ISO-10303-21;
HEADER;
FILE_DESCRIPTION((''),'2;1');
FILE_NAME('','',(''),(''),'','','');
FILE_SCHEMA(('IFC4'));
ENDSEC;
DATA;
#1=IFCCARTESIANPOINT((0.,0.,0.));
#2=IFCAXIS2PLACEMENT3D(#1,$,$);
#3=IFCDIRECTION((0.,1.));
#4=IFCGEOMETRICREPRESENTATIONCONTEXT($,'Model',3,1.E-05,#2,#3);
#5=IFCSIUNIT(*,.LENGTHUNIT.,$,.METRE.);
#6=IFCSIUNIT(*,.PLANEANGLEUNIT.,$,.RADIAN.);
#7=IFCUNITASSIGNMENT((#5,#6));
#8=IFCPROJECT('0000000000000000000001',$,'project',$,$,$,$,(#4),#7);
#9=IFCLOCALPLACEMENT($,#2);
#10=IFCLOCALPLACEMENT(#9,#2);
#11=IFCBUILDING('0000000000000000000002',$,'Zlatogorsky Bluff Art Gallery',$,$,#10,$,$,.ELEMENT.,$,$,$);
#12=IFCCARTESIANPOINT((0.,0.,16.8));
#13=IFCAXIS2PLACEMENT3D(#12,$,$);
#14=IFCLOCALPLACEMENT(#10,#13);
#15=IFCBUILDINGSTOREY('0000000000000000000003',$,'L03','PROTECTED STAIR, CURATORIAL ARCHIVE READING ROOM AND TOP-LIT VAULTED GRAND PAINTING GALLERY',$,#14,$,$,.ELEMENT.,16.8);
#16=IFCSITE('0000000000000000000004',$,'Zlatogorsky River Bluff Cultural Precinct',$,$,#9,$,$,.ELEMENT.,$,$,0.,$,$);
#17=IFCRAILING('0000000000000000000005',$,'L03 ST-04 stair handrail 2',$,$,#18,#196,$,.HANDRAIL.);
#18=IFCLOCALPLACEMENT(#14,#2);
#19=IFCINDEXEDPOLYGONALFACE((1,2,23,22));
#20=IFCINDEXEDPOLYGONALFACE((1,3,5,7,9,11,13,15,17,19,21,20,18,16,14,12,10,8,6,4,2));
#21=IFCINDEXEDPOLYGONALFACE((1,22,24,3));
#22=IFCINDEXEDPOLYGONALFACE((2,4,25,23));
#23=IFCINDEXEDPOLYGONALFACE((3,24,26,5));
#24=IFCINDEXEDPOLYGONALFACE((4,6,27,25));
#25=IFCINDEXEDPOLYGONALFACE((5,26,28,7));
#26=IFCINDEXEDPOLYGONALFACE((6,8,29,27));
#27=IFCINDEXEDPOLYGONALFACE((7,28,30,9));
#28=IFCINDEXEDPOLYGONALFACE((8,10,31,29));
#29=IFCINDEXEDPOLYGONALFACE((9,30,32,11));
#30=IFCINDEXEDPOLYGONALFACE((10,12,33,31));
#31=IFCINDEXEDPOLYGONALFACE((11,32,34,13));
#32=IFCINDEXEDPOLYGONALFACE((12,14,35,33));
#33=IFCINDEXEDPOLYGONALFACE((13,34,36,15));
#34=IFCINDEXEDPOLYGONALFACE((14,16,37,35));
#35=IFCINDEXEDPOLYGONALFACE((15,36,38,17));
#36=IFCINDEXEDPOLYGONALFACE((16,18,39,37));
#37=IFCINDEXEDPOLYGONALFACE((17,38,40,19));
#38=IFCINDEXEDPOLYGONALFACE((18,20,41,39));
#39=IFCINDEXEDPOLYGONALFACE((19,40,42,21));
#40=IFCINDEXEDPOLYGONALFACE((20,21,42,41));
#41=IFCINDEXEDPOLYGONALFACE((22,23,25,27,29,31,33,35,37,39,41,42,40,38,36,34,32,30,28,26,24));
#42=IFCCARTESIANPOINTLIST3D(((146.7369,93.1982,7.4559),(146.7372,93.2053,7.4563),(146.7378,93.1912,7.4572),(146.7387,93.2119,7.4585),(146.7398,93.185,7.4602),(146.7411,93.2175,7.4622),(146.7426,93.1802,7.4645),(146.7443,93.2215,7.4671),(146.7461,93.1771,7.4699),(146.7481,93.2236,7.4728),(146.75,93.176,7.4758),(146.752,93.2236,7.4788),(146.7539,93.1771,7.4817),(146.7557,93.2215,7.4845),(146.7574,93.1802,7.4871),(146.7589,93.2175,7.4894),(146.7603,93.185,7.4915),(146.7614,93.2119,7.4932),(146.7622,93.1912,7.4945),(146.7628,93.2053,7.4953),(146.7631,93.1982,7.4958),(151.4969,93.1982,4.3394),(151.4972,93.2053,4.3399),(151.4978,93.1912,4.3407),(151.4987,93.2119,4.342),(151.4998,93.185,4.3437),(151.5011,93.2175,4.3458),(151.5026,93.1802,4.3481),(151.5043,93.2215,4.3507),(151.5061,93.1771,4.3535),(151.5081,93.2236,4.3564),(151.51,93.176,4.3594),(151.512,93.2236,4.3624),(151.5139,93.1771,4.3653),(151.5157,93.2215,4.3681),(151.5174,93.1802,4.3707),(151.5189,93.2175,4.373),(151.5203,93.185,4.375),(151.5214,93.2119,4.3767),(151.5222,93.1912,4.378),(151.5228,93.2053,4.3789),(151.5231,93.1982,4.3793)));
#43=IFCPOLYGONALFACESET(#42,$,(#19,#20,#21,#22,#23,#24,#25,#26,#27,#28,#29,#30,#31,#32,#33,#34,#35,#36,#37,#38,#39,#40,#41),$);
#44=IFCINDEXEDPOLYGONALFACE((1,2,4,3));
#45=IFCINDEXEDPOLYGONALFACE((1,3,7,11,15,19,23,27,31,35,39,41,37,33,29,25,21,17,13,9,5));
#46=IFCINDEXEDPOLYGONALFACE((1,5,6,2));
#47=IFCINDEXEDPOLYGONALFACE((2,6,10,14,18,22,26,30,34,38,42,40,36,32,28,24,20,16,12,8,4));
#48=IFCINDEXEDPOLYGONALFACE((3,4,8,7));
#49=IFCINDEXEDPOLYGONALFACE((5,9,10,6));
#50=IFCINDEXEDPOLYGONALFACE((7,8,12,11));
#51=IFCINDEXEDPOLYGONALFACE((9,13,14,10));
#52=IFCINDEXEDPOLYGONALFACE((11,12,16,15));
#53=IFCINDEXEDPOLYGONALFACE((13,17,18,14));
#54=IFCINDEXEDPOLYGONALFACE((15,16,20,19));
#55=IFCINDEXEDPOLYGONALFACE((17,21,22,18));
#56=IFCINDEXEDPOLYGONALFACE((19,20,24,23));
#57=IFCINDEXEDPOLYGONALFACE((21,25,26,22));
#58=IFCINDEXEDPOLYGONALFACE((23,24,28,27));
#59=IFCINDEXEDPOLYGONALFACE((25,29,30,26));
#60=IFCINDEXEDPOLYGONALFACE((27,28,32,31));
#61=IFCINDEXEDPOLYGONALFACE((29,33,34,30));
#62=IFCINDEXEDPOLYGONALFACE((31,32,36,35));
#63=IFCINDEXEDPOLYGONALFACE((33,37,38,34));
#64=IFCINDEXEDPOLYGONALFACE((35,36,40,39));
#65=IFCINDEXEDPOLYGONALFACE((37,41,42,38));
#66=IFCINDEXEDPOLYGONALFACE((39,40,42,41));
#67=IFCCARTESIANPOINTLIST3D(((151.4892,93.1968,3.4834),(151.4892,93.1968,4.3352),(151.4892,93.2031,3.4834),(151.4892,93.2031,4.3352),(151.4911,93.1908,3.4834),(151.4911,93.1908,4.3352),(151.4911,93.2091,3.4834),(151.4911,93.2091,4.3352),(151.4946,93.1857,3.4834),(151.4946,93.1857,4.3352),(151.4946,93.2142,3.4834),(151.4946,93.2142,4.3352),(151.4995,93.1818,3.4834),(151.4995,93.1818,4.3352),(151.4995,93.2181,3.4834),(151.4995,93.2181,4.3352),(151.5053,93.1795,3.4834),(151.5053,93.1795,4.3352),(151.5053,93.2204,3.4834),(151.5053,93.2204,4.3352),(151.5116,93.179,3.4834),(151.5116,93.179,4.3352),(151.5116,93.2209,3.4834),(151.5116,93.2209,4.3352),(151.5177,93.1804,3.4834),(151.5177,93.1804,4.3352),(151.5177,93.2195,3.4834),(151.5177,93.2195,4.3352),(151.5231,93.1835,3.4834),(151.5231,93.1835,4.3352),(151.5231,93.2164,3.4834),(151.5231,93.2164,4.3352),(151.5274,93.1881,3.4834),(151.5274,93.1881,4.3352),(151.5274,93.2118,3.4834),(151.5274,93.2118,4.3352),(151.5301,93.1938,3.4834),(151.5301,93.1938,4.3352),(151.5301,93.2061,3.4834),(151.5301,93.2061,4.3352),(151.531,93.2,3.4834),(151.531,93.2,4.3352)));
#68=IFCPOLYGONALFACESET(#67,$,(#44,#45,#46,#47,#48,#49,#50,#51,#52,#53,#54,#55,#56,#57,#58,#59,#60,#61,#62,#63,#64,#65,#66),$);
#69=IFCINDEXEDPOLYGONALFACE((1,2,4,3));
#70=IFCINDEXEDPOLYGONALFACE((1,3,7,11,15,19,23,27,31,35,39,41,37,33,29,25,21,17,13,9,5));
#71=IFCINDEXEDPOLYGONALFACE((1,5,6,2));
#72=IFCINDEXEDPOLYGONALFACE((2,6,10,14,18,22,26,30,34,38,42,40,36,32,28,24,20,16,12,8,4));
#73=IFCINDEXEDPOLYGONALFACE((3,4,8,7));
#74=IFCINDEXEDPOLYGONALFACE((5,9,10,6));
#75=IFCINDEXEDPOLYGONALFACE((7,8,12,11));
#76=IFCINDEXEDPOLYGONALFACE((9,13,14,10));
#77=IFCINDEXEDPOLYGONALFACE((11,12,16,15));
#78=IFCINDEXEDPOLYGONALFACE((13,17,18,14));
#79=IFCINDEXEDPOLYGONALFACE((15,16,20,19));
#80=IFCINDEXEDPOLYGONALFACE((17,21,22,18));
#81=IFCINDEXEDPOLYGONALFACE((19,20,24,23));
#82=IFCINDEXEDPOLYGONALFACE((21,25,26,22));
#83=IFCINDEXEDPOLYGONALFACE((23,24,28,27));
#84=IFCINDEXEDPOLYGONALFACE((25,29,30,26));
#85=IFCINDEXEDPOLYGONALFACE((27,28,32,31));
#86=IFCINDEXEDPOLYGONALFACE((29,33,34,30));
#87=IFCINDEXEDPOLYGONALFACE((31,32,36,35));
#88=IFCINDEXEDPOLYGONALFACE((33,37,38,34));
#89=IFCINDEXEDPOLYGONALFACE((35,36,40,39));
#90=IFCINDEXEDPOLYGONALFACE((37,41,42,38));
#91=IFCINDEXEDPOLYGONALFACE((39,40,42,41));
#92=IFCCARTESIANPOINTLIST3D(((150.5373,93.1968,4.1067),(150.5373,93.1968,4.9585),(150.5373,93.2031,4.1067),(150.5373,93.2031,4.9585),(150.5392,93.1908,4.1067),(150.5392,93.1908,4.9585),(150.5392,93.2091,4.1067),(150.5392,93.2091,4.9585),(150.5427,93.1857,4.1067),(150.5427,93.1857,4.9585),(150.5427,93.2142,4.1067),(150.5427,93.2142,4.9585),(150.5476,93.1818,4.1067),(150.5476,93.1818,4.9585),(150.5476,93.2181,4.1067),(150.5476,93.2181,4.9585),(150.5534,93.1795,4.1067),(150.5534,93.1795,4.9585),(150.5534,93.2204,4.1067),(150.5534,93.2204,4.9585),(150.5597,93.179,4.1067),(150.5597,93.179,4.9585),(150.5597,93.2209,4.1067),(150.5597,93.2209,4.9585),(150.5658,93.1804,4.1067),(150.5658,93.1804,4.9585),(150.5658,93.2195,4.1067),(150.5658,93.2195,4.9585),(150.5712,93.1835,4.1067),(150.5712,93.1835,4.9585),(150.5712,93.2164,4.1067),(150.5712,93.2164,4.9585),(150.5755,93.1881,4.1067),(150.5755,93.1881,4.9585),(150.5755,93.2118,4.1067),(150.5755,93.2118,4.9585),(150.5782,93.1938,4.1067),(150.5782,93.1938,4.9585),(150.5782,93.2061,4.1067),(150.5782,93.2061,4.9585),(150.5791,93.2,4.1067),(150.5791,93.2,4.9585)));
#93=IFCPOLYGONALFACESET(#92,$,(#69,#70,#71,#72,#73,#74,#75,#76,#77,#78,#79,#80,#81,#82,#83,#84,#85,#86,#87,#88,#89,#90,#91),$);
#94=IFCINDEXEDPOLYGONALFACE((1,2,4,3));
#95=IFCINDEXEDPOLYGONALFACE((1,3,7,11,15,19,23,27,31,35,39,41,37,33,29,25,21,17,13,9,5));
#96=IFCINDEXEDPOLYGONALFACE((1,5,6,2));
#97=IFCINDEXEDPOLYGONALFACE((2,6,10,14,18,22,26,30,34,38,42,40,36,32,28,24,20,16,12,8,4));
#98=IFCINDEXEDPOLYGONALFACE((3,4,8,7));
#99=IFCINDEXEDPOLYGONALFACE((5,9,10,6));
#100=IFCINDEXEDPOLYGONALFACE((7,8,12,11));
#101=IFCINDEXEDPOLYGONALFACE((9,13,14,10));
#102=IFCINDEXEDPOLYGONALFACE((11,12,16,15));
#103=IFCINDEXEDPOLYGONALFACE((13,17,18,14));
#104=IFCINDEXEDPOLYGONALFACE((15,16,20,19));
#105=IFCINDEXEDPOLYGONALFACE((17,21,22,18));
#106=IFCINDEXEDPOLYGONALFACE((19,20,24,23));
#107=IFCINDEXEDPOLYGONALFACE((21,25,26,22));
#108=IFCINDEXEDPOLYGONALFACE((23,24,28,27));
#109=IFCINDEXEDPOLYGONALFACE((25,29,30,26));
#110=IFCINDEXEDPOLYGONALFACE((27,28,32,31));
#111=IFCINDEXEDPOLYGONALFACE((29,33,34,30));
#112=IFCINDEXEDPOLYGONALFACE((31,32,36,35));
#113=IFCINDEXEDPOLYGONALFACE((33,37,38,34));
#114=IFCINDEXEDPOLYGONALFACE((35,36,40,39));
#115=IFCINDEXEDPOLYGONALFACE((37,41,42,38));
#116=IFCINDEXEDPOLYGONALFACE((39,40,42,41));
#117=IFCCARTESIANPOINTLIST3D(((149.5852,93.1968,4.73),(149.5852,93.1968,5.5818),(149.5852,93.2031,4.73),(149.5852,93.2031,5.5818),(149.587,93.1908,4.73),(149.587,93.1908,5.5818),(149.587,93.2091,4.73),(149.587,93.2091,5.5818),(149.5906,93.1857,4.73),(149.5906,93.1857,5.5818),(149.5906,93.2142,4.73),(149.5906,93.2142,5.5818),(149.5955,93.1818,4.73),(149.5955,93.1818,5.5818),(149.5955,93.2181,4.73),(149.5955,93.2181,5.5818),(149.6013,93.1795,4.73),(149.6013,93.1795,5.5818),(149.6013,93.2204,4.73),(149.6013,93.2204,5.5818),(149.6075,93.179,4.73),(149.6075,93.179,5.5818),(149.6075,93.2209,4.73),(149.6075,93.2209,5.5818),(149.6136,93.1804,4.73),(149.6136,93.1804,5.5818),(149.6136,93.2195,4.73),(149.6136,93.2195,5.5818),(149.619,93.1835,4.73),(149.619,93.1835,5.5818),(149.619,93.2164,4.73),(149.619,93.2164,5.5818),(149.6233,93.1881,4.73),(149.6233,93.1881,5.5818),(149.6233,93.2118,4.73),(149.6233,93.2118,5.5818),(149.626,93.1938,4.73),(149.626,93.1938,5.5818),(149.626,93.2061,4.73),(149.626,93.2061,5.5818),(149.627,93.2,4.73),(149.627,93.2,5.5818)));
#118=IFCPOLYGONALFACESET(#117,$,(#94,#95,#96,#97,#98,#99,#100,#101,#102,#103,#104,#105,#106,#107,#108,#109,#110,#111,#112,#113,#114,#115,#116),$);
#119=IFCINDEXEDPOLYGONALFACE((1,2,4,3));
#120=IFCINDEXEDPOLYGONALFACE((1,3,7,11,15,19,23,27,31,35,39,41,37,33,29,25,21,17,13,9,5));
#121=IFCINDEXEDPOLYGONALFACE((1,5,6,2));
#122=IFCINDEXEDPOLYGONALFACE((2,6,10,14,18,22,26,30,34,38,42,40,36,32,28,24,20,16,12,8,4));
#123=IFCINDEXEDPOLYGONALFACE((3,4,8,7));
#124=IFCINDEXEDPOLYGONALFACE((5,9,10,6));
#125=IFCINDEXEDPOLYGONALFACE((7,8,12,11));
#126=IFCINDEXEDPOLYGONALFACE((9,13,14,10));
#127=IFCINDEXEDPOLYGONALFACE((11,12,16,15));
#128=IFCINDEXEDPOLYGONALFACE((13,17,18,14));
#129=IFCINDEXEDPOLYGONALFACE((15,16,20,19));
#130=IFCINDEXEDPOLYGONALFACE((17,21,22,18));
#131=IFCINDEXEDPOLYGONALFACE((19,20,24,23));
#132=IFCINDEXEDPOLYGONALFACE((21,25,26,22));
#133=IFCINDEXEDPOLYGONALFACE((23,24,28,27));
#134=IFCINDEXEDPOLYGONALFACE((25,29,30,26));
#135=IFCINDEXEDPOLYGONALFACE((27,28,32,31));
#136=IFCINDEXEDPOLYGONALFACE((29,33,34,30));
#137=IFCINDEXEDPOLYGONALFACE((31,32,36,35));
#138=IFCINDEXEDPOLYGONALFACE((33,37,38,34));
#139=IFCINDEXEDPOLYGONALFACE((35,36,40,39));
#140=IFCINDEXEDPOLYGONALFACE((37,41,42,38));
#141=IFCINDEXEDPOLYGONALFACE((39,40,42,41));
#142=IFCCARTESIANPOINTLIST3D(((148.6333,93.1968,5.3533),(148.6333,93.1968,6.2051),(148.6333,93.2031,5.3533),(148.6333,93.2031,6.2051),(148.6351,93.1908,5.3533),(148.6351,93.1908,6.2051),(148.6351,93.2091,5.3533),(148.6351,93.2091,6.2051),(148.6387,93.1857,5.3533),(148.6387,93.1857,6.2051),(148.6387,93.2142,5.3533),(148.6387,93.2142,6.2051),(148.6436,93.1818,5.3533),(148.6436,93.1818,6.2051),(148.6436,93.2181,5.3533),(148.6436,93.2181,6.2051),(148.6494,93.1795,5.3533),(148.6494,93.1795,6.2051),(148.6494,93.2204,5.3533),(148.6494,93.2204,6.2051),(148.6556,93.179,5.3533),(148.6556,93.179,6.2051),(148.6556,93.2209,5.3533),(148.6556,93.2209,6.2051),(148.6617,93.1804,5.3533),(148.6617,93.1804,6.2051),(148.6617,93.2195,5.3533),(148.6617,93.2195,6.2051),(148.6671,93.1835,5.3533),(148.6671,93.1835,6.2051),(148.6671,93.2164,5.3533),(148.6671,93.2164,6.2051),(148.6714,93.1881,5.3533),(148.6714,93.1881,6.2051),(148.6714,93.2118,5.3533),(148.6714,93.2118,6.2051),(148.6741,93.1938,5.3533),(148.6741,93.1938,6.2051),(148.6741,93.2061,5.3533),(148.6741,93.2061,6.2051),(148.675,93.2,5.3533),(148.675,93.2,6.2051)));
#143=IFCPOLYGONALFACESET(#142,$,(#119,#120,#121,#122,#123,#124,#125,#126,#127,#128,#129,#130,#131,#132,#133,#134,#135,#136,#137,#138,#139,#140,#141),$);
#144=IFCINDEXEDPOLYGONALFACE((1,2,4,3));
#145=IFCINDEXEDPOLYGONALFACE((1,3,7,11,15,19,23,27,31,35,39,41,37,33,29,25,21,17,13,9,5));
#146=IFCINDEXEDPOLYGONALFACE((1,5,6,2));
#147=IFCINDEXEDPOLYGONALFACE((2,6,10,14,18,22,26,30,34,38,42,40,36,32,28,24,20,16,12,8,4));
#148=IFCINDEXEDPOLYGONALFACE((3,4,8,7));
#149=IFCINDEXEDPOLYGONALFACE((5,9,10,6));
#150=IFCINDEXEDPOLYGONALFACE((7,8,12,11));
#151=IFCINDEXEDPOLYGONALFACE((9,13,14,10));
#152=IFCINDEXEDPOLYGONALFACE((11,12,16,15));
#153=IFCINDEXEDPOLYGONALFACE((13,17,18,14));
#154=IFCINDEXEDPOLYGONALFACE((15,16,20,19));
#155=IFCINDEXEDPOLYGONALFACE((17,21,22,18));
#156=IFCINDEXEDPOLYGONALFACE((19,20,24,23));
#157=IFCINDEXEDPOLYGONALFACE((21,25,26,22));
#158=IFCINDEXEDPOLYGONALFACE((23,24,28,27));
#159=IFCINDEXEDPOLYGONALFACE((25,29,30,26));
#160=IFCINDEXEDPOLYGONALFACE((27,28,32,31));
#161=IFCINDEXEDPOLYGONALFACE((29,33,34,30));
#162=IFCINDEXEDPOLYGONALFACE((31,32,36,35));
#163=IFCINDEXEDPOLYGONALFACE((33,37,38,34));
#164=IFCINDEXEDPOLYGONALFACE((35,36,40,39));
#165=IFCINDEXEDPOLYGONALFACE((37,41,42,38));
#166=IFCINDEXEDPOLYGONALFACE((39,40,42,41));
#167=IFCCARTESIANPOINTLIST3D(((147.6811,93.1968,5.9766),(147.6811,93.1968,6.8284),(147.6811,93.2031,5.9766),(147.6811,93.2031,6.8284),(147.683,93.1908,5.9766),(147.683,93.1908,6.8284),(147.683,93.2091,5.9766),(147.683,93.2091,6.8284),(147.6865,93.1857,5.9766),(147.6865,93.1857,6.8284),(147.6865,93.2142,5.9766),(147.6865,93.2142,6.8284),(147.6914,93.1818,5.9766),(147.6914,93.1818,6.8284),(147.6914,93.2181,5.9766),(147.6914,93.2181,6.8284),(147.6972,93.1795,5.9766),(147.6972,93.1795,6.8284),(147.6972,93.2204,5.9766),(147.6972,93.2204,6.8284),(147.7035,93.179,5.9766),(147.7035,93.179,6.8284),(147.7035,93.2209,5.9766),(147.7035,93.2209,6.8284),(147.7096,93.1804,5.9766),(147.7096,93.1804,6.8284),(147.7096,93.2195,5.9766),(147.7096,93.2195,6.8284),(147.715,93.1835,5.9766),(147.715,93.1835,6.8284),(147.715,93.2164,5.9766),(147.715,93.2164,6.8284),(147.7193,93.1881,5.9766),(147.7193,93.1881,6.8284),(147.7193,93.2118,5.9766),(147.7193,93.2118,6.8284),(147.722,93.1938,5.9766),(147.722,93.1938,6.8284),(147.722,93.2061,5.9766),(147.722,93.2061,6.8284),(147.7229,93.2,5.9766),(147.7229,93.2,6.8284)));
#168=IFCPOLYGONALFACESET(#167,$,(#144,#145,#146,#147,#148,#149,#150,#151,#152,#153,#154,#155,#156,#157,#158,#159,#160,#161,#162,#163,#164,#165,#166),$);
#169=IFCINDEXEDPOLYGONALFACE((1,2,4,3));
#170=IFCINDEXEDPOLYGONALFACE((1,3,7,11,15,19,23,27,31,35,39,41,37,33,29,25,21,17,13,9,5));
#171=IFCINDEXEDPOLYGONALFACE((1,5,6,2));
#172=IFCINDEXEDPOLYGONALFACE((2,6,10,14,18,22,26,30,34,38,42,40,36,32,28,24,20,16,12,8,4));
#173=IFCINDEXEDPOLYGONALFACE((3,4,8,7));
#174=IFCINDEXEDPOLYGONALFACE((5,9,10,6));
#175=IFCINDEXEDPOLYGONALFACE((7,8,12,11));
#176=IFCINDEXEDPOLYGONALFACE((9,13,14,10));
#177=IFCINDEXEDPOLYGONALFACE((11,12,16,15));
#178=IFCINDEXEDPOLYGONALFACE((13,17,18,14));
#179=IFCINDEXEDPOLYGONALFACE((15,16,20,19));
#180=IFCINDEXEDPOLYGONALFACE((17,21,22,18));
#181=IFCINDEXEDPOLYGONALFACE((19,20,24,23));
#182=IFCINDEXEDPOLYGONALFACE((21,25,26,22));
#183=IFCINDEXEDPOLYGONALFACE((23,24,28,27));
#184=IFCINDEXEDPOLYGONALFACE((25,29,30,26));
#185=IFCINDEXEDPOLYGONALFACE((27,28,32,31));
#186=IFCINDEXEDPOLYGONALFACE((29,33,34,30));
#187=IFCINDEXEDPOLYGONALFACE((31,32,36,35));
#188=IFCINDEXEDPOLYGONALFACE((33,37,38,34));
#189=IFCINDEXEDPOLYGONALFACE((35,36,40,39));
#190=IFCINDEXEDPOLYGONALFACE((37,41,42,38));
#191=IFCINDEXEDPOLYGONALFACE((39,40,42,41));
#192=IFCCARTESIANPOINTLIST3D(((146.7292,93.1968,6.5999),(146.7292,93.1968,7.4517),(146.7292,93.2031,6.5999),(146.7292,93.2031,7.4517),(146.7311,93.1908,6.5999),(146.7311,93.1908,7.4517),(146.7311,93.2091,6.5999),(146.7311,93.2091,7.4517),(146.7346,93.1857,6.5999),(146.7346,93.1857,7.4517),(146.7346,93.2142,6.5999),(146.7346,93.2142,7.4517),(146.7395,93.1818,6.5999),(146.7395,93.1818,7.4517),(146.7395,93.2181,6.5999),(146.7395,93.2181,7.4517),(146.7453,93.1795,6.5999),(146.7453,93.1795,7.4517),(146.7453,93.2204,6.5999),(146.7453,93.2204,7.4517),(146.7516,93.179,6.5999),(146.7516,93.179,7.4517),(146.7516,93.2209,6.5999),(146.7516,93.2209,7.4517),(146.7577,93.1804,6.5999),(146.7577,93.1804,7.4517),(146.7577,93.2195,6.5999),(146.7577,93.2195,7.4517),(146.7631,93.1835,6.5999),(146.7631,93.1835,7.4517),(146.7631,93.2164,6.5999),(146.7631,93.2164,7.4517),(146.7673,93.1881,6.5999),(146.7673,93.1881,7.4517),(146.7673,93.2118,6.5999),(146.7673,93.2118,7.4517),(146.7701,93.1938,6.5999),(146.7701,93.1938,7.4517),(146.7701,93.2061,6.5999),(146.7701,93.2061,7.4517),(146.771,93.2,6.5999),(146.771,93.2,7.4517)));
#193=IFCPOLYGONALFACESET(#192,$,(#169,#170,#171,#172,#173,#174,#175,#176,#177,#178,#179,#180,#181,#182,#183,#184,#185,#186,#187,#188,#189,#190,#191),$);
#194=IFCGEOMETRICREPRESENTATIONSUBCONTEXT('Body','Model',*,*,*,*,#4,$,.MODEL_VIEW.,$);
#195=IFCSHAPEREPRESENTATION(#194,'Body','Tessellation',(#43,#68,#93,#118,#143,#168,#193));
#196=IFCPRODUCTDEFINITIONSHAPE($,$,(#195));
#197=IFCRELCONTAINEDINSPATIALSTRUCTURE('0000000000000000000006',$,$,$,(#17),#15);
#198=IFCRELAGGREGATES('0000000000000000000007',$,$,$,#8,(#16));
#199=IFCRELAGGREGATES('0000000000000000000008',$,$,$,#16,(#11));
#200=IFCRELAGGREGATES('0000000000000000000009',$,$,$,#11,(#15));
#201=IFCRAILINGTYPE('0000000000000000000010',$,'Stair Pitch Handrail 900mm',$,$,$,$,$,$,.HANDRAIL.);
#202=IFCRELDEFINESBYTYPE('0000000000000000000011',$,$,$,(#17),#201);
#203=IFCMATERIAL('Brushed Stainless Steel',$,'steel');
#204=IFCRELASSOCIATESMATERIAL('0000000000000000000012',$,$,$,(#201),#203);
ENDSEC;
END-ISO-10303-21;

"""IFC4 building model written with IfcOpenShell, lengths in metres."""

from ifc_helpers import new_model, si_unit, direction, frame, origin, origin_2d, place, context, subcontext, project, spatial, circle, extrude, material, type_object, element, save


model = new_model("IFC4")

# Units and contexts
model_context = context("Model", 3, precision=1e-05, world=origin(), true_north=direction((0.0, 1.0)))
body_context = subcontext(model_context, "Body", "Model", "MODEL_VIEW")
ifc_project = project(units=[si_unit("LENGTHUNIT", "METRE"), si_unit("PLANEANGLEUNIT", "RADIAN")], contexts=[model_context])

# Site, building, storey
site_placement = place(None, origin())
site = spatial("IfcSite", under=ifc_project, at=site_placement, Name="Zlatogorsky River Bluff Cultural Precinct", CompositionType="ELEMENT", RefElevation=0.0)
building_placement = place(site_placement, origin())
building = spatial("IfcBuilding", under=site, at=building_placement, Name="Zlatogorsky Bluff Art Gallery", CompositionType="ELEMENT")
storey_placement = place(building_placement, frame((0.0, 0.0, 16.8)))
storey = spatial("IfcBuildingStorey", under=building, at=storey_placement, Name="L03", Description="PROTECTED STAIR, CURATORIAL ARCHIVE READING ROOM AND TOP-LIT VAULTED GRAND PAINTING GALLERY", CompositionType="ELEMENT", Elevation=16.8)

# Railing
ifc_material_1 = material(Name="Brushed Stainless Steel", Category="steel")
railing_type_1 = type_object("IfcRailingType", Name="Stair Pitch Handrail 900mm", PredefinedType="HANDRAIL", material=ifc_material_1)
railing_1_placement = place(storey_placement, frame((151.51, 93.2, 3.4834)))
element("IfcRailing", 1, at=railing_1_placement, inside=storey, type_object=railing_type_1, Name="L03 ST-04 stair handrail 2", PredefinedType="HANDRAIL", context=body_context, shape_type="SweptSolid", body=[
    extrude(circle(Radius=0.0239, at=origin_2d()), frame((0.0, 0.0, 0.876), z_axis=(-0.836636, 0.0, 0.547759), x_axis=(0.0, -1.0, 0.0)), (0.0, 0.0, 1.0), 5.6895),
    extrude(circle(Radius=0.021, at=origin_2d()), origin(), (0.0, 0.0, 1.0), 0.8518),
    extrude(circle(Radius=0.021, at=origin_2d()), frame((-0.9519, 0.0, 0.6233)), (0.0, 0.0, 1.0), 0.8518),
    extrude(circle(Radius=0.021, at=origin_2d()), frame((-1.9041, 0.0, 1.2466)), (0.0, 0.0, 1.0), 0.8518),
    extrude(circle(Radius=0.021, at=origin_2d()), frame((-2.856, 0.0, 1.8699)), (0.0, 0.0, 1.0), 0.8518),
    extrude(circle(Radius=0.021, at=origin_2d()), frame((-3.8081, 0.0, 2.4932)), (0.0, 0.0, 1.0), 0.8518),
    extrude(circle(Radius=0.021, at=origin_2d()), frame((-4.76, 0.0, 3.1165)), (0.0, 0.0, 1.0), 0.8518),
])

save(model, "model.ifc")
